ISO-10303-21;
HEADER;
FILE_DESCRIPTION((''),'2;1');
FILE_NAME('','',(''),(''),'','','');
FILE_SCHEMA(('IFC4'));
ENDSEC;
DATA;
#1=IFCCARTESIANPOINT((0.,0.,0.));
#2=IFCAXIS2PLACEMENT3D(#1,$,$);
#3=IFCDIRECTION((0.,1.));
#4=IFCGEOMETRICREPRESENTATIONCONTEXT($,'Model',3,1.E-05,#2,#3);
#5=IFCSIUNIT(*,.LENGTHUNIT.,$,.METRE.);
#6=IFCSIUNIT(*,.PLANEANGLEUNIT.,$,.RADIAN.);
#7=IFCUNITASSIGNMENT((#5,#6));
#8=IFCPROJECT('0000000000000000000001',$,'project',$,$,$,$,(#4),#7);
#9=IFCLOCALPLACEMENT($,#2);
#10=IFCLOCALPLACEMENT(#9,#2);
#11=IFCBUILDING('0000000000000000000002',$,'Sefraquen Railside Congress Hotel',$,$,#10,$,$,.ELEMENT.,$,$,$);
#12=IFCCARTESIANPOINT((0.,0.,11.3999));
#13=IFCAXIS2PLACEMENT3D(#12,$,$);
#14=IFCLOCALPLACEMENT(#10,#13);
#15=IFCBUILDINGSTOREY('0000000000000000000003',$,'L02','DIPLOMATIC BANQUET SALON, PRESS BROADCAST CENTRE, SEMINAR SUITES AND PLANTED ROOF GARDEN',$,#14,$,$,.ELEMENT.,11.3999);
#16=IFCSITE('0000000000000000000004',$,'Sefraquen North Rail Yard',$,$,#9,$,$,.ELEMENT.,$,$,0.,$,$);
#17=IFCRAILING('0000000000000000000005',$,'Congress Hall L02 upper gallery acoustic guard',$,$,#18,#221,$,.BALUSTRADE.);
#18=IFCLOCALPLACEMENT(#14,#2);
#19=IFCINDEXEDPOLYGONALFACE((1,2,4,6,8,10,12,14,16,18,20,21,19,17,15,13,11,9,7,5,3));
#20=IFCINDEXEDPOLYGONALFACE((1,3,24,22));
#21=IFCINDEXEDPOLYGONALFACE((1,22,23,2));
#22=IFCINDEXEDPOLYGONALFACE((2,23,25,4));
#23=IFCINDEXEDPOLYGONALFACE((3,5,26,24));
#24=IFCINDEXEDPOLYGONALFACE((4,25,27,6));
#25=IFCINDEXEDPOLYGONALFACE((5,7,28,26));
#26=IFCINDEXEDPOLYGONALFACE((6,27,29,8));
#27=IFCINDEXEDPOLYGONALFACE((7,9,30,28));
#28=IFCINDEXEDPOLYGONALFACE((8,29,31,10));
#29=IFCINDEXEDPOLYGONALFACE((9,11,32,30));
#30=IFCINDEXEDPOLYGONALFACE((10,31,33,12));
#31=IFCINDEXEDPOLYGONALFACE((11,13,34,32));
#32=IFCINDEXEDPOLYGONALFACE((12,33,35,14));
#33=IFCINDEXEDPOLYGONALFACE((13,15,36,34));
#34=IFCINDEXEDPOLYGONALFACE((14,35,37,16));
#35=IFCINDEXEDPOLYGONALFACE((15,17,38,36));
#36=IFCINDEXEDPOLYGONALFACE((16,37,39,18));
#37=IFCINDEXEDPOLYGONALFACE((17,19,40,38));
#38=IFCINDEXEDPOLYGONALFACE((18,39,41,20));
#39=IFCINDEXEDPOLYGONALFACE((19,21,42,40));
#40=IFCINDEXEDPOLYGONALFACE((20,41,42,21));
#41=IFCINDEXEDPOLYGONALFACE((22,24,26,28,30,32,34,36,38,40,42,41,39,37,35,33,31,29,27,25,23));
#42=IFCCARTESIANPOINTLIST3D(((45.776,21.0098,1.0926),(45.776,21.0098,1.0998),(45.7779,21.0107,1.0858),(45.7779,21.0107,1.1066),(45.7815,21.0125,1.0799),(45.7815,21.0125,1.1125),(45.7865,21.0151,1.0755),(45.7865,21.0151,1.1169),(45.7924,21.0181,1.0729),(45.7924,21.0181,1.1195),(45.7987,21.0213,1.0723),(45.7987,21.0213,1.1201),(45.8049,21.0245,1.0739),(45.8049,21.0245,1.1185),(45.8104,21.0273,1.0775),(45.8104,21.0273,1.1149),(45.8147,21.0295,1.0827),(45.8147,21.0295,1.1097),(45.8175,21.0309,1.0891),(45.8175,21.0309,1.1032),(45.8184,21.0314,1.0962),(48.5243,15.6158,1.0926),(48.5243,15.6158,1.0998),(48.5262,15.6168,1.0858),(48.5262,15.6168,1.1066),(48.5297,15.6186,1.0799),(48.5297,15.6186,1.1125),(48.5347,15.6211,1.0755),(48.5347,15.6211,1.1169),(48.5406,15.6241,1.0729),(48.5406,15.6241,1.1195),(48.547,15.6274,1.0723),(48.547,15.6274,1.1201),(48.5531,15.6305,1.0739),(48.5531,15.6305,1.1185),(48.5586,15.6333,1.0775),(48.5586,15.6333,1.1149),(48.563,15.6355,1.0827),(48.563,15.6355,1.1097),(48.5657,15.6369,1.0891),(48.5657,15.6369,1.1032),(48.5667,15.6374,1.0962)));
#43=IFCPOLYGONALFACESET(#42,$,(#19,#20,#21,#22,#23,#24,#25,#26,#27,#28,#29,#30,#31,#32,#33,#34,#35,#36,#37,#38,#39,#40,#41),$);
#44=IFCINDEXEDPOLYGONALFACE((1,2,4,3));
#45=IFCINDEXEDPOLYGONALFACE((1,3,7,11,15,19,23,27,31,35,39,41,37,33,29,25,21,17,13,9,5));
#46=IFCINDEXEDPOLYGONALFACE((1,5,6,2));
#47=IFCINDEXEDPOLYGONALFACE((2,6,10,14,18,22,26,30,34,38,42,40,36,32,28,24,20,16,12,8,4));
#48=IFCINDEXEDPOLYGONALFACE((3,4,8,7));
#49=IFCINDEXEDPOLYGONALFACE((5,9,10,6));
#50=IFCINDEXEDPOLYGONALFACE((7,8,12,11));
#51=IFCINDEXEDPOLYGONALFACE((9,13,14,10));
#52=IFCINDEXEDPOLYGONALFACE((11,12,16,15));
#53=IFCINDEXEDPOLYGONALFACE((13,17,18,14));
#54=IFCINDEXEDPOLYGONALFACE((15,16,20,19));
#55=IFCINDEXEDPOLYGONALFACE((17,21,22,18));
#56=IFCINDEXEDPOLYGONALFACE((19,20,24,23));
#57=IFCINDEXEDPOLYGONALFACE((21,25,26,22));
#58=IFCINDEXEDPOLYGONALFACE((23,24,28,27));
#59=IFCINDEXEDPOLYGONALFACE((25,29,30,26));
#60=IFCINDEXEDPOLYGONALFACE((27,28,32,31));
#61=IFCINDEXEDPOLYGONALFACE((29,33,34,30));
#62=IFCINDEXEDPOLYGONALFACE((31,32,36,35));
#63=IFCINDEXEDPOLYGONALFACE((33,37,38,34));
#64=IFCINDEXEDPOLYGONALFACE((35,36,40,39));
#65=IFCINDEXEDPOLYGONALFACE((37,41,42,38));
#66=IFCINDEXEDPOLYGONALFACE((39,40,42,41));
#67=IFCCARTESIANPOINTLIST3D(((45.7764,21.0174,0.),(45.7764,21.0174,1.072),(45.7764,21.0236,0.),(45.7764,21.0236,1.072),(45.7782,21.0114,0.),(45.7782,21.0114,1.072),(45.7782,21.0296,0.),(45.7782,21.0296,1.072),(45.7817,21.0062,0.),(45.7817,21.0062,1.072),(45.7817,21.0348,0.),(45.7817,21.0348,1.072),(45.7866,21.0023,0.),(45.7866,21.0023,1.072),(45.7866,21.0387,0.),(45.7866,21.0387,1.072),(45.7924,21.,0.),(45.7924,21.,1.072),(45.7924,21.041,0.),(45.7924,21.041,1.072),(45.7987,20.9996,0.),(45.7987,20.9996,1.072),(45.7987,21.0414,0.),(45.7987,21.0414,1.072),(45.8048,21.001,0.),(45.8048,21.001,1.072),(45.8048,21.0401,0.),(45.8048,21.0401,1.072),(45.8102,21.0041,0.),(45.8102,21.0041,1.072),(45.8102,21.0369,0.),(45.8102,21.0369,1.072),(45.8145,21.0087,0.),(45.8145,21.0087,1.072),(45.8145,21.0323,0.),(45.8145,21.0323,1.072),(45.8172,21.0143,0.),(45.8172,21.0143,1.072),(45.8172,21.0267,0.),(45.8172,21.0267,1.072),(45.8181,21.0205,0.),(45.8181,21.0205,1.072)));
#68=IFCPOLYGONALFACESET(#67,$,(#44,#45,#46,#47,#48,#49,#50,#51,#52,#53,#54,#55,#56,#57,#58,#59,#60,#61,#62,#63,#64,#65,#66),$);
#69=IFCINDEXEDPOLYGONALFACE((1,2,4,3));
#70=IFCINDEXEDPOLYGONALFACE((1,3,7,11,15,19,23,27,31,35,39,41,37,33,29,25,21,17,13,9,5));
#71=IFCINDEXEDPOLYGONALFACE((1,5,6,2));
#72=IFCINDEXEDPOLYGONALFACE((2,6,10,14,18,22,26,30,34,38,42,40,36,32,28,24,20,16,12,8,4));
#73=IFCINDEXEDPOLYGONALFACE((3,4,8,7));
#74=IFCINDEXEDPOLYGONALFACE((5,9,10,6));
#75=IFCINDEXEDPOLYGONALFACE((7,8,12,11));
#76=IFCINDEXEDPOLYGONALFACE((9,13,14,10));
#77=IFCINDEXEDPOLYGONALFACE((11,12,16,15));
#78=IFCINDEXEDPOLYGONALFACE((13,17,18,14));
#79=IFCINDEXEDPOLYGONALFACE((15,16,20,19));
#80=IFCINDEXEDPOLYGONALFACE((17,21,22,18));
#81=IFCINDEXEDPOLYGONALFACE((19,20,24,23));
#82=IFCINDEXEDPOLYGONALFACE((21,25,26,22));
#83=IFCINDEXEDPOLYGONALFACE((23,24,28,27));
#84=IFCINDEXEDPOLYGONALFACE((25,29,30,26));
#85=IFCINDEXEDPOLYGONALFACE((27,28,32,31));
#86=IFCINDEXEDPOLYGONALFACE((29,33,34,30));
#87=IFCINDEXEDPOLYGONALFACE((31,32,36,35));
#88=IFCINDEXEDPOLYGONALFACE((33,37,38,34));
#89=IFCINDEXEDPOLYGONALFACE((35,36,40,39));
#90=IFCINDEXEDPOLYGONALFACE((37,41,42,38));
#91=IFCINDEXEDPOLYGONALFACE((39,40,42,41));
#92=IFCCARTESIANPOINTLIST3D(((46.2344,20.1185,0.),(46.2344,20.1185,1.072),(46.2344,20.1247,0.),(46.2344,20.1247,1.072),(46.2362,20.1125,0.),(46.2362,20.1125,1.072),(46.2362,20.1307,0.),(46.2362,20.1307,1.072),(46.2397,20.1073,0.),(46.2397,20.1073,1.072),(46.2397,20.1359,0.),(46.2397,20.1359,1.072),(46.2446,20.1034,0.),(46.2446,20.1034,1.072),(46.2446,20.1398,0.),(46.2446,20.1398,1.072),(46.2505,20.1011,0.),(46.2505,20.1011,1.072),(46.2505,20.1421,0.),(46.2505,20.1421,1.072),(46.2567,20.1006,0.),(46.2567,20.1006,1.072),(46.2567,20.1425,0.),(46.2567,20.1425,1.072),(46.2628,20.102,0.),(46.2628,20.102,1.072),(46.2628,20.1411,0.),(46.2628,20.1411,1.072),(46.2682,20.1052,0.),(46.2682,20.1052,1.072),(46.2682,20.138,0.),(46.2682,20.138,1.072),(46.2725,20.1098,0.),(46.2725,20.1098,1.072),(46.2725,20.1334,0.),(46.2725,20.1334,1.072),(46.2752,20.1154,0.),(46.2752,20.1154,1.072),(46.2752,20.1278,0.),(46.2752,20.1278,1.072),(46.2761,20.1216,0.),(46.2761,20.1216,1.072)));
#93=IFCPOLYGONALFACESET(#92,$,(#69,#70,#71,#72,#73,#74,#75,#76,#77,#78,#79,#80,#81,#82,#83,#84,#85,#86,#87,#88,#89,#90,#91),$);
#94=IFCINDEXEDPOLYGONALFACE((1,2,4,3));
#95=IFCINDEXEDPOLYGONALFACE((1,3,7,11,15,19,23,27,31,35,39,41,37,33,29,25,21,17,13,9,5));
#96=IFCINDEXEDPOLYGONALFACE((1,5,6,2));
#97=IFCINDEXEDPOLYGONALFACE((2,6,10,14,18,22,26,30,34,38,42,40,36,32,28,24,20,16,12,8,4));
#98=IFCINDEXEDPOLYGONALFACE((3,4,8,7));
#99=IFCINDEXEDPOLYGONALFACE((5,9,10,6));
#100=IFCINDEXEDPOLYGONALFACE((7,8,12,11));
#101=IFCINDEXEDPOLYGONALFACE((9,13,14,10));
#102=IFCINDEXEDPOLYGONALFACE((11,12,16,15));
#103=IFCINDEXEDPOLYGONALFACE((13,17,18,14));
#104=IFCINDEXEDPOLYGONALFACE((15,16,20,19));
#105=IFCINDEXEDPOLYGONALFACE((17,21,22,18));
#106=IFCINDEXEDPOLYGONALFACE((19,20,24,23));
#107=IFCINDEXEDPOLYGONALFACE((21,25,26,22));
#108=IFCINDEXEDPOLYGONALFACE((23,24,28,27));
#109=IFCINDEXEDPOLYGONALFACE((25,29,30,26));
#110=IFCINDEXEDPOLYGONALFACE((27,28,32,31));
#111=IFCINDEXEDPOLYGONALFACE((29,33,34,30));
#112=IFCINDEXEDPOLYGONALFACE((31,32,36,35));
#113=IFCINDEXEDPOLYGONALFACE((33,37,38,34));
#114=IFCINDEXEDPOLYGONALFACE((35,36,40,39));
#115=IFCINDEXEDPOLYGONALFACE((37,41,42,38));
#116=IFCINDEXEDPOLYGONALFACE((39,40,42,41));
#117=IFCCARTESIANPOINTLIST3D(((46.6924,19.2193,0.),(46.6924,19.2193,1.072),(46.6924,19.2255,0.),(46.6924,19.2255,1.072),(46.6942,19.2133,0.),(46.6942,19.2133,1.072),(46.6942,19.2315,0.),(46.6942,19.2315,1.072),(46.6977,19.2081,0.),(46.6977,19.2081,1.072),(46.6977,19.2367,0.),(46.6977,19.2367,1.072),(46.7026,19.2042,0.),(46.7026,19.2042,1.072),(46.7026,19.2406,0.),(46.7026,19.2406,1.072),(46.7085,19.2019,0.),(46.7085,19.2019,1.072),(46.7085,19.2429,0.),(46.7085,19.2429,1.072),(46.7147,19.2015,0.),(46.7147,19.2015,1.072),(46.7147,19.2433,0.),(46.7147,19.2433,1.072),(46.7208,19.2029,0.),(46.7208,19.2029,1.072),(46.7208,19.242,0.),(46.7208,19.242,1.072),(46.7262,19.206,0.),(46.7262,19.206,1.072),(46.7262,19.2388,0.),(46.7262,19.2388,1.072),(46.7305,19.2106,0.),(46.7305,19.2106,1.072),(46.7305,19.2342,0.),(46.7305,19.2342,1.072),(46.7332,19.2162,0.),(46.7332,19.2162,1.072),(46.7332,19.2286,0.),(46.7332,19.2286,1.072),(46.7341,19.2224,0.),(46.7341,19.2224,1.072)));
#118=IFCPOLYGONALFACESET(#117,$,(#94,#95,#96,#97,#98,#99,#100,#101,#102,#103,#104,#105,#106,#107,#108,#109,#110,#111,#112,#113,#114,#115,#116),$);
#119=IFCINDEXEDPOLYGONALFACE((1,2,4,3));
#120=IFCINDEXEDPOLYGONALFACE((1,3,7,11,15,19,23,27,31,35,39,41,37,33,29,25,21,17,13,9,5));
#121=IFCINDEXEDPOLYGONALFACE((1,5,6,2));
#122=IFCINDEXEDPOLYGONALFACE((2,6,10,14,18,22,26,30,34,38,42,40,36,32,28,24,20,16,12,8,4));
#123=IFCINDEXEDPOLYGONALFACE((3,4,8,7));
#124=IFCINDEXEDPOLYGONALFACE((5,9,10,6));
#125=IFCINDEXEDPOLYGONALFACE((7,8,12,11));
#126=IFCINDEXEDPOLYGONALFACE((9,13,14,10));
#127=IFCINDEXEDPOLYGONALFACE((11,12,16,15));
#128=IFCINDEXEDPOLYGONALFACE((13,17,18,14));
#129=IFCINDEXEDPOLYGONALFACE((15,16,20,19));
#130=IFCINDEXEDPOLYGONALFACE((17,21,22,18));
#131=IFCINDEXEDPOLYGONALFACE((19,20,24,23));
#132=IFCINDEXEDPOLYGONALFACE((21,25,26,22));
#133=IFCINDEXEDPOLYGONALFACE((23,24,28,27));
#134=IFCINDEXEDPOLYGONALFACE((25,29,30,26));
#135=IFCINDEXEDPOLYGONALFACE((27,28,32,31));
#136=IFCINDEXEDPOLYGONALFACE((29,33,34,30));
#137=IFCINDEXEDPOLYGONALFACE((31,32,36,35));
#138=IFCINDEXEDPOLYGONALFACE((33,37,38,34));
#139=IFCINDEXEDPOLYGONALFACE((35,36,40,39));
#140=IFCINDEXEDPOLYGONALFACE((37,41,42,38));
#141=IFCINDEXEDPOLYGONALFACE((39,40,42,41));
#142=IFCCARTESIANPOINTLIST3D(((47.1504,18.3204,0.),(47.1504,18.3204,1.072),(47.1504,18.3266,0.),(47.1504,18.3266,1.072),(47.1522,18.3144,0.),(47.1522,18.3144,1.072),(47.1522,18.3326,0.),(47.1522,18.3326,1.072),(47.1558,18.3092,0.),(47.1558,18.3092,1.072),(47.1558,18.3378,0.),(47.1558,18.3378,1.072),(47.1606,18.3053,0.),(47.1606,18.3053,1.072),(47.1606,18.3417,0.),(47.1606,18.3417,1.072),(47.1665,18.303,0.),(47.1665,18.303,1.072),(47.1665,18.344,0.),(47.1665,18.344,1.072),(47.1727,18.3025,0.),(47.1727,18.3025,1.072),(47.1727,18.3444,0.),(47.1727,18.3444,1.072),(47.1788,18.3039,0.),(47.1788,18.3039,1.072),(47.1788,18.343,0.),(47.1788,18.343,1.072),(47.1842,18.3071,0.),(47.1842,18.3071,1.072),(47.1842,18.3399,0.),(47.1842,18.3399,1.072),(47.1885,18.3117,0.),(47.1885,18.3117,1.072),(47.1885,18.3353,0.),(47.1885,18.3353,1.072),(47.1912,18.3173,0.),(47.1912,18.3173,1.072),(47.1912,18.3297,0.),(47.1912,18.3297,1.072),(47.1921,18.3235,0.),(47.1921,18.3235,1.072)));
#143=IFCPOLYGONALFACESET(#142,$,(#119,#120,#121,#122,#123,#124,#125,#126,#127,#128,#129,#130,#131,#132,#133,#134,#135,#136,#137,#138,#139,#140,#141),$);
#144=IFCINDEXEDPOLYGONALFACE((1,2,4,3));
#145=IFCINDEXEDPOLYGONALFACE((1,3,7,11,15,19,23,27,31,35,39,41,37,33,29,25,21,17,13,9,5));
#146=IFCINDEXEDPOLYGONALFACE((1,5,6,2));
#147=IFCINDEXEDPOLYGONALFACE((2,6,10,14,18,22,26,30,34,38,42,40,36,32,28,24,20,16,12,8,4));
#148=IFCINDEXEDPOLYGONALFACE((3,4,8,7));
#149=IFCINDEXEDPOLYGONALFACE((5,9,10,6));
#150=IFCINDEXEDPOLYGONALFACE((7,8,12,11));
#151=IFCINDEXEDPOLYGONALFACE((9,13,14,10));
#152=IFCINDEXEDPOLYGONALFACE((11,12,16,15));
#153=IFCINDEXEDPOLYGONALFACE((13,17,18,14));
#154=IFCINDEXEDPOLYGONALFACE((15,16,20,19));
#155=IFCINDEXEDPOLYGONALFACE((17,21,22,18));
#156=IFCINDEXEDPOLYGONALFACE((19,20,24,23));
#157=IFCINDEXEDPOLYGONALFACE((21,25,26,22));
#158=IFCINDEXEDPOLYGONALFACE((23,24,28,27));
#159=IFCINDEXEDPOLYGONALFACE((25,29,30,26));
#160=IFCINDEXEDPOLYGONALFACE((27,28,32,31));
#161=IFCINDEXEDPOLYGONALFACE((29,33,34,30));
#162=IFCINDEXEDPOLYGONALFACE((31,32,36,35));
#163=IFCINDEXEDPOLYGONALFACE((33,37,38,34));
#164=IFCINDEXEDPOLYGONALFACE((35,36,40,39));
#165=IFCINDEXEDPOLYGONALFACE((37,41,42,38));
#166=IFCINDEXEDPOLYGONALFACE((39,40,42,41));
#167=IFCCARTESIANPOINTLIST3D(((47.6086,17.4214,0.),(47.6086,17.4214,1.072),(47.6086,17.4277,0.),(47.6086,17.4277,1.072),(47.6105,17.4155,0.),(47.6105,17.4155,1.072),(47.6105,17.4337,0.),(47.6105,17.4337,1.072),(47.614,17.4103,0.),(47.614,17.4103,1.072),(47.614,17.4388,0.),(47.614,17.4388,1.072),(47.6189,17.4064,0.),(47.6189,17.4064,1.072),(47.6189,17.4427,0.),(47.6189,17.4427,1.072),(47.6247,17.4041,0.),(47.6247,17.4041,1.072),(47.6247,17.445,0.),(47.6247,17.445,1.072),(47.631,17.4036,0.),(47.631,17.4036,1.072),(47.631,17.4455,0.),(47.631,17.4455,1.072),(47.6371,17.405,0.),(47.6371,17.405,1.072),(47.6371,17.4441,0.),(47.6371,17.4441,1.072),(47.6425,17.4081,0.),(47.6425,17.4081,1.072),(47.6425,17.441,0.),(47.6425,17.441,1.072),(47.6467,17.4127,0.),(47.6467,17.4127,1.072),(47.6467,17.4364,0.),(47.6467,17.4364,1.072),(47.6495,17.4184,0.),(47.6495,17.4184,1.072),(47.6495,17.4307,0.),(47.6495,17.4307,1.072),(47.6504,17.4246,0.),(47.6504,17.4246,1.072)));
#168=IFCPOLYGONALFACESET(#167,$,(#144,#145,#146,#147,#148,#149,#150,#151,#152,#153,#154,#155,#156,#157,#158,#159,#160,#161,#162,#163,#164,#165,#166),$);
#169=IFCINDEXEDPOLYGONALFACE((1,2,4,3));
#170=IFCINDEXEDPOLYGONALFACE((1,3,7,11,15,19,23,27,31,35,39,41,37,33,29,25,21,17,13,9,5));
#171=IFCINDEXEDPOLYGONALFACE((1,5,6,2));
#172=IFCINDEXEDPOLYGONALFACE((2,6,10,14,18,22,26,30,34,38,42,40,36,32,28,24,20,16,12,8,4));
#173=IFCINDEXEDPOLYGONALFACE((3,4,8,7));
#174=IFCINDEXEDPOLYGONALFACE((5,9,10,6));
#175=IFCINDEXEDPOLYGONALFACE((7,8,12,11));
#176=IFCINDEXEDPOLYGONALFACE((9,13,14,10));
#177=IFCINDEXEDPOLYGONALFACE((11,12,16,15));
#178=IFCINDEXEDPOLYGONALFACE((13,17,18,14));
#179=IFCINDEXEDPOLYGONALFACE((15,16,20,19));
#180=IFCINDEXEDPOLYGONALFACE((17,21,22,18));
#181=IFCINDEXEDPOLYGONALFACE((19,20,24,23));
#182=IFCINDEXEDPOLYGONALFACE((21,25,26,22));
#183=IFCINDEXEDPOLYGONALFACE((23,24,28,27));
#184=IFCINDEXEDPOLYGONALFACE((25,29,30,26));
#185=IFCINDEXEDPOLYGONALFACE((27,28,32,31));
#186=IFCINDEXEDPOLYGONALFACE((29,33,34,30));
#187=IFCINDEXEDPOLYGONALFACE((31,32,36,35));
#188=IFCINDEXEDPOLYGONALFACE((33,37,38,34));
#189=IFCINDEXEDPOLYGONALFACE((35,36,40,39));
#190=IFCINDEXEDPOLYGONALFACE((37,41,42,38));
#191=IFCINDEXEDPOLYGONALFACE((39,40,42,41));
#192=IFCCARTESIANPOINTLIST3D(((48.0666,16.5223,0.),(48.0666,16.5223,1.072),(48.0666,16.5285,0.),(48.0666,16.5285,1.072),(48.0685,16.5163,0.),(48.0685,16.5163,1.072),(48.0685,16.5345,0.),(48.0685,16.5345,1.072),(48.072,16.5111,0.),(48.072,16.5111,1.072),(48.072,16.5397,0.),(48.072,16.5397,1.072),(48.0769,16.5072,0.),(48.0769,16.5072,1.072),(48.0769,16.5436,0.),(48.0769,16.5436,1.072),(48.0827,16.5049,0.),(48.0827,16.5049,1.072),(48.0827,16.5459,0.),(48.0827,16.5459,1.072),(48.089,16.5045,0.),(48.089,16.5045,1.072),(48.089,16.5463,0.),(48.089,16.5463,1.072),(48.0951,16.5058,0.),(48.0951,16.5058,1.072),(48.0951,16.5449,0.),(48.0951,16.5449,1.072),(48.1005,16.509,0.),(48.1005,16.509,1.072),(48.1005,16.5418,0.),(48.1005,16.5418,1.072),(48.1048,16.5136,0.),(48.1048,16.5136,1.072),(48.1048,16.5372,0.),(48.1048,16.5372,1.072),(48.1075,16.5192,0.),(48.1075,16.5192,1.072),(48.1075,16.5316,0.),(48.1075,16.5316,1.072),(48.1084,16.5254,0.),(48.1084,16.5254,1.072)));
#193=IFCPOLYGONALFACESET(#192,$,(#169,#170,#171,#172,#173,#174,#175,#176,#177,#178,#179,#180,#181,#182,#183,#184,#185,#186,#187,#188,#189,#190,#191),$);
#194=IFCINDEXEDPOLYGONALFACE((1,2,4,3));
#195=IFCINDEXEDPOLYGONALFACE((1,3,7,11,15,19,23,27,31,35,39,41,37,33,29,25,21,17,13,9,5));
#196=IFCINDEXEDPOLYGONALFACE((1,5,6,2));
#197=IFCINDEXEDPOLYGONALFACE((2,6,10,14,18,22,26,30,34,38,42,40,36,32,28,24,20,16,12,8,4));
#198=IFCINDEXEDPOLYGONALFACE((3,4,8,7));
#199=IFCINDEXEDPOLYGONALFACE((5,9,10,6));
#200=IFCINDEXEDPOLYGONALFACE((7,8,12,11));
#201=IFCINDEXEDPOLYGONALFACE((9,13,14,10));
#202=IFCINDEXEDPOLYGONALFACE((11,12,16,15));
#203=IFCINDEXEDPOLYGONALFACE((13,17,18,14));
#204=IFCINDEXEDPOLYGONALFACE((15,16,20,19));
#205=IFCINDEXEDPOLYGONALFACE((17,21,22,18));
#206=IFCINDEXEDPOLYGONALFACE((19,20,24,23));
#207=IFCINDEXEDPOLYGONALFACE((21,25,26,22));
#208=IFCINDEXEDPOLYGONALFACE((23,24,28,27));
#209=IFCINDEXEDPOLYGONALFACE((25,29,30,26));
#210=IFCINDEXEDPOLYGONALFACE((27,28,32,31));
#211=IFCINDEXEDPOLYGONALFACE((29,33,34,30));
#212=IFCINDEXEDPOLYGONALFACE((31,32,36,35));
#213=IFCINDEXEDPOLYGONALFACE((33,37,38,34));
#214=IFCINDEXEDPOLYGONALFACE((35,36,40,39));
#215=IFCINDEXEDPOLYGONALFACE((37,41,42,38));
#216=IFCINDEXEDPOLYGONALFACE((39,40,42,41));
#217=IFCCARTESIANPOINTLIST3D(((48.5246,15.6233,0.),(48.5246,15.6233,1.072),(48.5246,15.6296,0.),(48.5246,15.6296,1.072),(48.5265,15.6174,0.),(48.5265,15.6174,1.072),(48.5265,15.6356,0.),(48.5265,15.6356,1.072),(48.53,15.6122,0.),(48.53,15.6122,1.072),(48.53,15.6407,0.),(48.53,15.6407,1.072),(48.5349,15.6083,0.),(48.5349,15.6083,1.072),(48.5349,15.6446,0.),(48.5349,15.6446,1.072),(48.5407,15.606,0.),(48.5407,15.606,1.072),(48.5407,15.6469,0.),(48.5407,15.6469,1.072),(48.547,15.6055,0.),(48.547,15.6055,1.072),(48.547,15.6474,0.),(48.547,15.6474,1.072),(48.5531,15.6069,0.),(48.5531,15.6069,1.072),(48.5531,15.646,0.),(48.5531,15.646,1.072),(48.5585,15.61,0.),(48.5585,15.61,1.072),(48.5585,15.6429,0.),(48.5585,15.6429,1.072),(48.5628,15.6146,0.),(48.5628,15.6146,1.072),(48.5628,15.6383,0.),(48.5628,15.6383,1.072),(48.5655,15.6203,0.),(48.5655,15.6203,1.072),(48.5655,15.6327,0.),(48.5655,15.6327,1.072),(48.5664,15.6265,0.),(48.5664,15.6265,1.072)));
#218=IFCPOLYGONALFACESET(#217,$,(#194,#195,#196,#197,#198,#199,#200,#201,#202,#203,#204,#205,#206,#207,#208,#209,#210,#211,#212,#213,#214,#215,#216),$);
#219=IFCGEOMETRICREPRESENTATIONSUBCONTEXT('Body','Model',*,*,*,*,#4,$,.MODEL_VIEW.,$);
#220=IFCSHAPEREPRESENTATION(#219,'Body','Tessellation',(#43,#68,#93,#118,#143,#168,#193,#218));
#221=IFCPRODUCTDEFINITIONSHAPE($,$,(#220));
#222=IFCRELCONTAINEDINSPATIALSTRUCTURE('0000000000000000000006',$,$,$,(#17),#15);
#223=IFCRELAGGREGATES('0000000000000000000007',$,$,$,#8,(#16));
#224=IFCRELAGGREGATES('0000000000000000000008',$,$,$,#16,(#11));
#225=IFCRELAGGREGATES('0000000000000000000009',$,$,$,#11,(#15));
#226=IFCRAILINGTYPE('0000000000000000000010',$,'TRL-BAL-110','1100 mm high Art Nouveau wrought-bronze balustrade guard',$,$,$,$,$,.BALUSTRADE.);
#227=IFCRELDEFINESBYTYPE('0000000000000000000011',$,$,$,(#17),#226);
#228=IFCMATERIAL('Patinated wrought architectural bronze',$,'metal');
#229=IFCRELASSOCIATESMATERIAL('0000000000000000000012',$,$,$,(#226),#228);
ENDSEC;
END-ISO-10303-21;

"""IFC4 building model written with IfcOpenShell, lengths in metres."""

from ifc_helpers import new_model, si_unit, direction, frame, origin, origin_2d, place, context, subcontext, project, spatial, circle, extrude, material, type_object, element, save


model = new_model("IFC4")

# Units and contexts
model_context = context("Model", 3, precision=1e-05, world=origin(), true_north=direction((0.0, 1.0)))
body_context = subcontext(model_context, "Body", "Model", "MODEL_VIEW")
ifc_project = project(units=[si_unit("LENGTHUNIT", "METRE"), si_unit("PLANEANGLEUNIT", "RADIAN")], contexts=[model_context])

# Site, building, storey
site_placement = place(None, origin())
site = spatial("IfcSite", under=ifc_project, at=site_placement, Name="Sefraquen North Rail Yard", CompositionType="ELEMENT", RefElevation=0.0)
building_placement = place(site_placement, origin())
building = spatial("IfcBuilding", under=site, at=building_placement, Name="Sefraquen Railside Congress Hotel", CompositionType="ELEMENT")
storey_placement = place(building_placement, frame((0.0, 0.0, 11.3999)))
storey = spatial("IfcBuildingStorey", under=building, at=storey_placement, Name="L02", Description="DIPLOMATIC BANQUET SALON, PRESS BROADCAST CENTRE, SEMINAR SUITES AND PLANTED ROOF GARDEN", CompositionType="ELEMENT", Elevation=11.3999)

# Railing
ifc_material_1 = material(Name="Patinated wrought architectural bronze", Category="metal")
railing_type = type_object("IfcRailingType", Name="TRL-BAL-110", Description="1100 mm high Art Nouveau wrought-bronze balustrade guard", PredefinedType="BALUSTRADE", material=ifc_material_1)
railing_1_placement = place(storey_placement, frame((45.7971, 21.0205, 0.0)))
element("IfcRailing", 1, at=railing_1_placement, inside=storey, type_object=railing_type, Name="Congress Hall L02 upper gallery acoustic guard", PredefinedType="BALUSTRADE", context=body_context, shape_type="SweptSolid", body=[
    extrude(circle(Radius=0.0239, at=origin_2d()), frame((0.0, 0.0, 1.0962), z_axis=(0.453976, -0.891014, 0.0), x_axis=(0.891014, 0.453976, 0.0)), (0.0, 0.0, 1.0), 6.0537),
    extrude(circle(Radius=0.021, at=origin_2d()), origin(), (0.0, 0.0, 1.0), 1.072),
    extrude(circle(Radius=0.021, at=origin_2d()), frame((0.458, -0.8989, 0.0)), (0.0, 0.0, 1.0), 1.072),
    extrude(circle(Radius=0.021, at=origin_2d()), frame((0.916, -1.7981, 0.0)), (0.0, 0.0, 1.0), 1.072),
    extrude(circle(Radius=0.021, at=origin_2d()), frame((1.374, -2.697, 0.0)), (0.0, 0.0, 1.0), 1.072),
    extrude(circle(Radius=0.021, at=origin_2d()), frame((1.8323, -3.5959, 0.0)), (0.0, 0.0, 1.0), 1.072),
    extrude(circle(Radius=0.021, at=origin_2d()), frame((2.2903, -4.4951, 0.0)), (0.0, 0.0, 1.0), 1.072),
    extrude(circle(Radius=0.021, at=origin_2d()), frame((2.7483, -5.394, 0.0)), (0.0, 0.0, 1.0), 1.072),
])

save(model, "model.ifc")
